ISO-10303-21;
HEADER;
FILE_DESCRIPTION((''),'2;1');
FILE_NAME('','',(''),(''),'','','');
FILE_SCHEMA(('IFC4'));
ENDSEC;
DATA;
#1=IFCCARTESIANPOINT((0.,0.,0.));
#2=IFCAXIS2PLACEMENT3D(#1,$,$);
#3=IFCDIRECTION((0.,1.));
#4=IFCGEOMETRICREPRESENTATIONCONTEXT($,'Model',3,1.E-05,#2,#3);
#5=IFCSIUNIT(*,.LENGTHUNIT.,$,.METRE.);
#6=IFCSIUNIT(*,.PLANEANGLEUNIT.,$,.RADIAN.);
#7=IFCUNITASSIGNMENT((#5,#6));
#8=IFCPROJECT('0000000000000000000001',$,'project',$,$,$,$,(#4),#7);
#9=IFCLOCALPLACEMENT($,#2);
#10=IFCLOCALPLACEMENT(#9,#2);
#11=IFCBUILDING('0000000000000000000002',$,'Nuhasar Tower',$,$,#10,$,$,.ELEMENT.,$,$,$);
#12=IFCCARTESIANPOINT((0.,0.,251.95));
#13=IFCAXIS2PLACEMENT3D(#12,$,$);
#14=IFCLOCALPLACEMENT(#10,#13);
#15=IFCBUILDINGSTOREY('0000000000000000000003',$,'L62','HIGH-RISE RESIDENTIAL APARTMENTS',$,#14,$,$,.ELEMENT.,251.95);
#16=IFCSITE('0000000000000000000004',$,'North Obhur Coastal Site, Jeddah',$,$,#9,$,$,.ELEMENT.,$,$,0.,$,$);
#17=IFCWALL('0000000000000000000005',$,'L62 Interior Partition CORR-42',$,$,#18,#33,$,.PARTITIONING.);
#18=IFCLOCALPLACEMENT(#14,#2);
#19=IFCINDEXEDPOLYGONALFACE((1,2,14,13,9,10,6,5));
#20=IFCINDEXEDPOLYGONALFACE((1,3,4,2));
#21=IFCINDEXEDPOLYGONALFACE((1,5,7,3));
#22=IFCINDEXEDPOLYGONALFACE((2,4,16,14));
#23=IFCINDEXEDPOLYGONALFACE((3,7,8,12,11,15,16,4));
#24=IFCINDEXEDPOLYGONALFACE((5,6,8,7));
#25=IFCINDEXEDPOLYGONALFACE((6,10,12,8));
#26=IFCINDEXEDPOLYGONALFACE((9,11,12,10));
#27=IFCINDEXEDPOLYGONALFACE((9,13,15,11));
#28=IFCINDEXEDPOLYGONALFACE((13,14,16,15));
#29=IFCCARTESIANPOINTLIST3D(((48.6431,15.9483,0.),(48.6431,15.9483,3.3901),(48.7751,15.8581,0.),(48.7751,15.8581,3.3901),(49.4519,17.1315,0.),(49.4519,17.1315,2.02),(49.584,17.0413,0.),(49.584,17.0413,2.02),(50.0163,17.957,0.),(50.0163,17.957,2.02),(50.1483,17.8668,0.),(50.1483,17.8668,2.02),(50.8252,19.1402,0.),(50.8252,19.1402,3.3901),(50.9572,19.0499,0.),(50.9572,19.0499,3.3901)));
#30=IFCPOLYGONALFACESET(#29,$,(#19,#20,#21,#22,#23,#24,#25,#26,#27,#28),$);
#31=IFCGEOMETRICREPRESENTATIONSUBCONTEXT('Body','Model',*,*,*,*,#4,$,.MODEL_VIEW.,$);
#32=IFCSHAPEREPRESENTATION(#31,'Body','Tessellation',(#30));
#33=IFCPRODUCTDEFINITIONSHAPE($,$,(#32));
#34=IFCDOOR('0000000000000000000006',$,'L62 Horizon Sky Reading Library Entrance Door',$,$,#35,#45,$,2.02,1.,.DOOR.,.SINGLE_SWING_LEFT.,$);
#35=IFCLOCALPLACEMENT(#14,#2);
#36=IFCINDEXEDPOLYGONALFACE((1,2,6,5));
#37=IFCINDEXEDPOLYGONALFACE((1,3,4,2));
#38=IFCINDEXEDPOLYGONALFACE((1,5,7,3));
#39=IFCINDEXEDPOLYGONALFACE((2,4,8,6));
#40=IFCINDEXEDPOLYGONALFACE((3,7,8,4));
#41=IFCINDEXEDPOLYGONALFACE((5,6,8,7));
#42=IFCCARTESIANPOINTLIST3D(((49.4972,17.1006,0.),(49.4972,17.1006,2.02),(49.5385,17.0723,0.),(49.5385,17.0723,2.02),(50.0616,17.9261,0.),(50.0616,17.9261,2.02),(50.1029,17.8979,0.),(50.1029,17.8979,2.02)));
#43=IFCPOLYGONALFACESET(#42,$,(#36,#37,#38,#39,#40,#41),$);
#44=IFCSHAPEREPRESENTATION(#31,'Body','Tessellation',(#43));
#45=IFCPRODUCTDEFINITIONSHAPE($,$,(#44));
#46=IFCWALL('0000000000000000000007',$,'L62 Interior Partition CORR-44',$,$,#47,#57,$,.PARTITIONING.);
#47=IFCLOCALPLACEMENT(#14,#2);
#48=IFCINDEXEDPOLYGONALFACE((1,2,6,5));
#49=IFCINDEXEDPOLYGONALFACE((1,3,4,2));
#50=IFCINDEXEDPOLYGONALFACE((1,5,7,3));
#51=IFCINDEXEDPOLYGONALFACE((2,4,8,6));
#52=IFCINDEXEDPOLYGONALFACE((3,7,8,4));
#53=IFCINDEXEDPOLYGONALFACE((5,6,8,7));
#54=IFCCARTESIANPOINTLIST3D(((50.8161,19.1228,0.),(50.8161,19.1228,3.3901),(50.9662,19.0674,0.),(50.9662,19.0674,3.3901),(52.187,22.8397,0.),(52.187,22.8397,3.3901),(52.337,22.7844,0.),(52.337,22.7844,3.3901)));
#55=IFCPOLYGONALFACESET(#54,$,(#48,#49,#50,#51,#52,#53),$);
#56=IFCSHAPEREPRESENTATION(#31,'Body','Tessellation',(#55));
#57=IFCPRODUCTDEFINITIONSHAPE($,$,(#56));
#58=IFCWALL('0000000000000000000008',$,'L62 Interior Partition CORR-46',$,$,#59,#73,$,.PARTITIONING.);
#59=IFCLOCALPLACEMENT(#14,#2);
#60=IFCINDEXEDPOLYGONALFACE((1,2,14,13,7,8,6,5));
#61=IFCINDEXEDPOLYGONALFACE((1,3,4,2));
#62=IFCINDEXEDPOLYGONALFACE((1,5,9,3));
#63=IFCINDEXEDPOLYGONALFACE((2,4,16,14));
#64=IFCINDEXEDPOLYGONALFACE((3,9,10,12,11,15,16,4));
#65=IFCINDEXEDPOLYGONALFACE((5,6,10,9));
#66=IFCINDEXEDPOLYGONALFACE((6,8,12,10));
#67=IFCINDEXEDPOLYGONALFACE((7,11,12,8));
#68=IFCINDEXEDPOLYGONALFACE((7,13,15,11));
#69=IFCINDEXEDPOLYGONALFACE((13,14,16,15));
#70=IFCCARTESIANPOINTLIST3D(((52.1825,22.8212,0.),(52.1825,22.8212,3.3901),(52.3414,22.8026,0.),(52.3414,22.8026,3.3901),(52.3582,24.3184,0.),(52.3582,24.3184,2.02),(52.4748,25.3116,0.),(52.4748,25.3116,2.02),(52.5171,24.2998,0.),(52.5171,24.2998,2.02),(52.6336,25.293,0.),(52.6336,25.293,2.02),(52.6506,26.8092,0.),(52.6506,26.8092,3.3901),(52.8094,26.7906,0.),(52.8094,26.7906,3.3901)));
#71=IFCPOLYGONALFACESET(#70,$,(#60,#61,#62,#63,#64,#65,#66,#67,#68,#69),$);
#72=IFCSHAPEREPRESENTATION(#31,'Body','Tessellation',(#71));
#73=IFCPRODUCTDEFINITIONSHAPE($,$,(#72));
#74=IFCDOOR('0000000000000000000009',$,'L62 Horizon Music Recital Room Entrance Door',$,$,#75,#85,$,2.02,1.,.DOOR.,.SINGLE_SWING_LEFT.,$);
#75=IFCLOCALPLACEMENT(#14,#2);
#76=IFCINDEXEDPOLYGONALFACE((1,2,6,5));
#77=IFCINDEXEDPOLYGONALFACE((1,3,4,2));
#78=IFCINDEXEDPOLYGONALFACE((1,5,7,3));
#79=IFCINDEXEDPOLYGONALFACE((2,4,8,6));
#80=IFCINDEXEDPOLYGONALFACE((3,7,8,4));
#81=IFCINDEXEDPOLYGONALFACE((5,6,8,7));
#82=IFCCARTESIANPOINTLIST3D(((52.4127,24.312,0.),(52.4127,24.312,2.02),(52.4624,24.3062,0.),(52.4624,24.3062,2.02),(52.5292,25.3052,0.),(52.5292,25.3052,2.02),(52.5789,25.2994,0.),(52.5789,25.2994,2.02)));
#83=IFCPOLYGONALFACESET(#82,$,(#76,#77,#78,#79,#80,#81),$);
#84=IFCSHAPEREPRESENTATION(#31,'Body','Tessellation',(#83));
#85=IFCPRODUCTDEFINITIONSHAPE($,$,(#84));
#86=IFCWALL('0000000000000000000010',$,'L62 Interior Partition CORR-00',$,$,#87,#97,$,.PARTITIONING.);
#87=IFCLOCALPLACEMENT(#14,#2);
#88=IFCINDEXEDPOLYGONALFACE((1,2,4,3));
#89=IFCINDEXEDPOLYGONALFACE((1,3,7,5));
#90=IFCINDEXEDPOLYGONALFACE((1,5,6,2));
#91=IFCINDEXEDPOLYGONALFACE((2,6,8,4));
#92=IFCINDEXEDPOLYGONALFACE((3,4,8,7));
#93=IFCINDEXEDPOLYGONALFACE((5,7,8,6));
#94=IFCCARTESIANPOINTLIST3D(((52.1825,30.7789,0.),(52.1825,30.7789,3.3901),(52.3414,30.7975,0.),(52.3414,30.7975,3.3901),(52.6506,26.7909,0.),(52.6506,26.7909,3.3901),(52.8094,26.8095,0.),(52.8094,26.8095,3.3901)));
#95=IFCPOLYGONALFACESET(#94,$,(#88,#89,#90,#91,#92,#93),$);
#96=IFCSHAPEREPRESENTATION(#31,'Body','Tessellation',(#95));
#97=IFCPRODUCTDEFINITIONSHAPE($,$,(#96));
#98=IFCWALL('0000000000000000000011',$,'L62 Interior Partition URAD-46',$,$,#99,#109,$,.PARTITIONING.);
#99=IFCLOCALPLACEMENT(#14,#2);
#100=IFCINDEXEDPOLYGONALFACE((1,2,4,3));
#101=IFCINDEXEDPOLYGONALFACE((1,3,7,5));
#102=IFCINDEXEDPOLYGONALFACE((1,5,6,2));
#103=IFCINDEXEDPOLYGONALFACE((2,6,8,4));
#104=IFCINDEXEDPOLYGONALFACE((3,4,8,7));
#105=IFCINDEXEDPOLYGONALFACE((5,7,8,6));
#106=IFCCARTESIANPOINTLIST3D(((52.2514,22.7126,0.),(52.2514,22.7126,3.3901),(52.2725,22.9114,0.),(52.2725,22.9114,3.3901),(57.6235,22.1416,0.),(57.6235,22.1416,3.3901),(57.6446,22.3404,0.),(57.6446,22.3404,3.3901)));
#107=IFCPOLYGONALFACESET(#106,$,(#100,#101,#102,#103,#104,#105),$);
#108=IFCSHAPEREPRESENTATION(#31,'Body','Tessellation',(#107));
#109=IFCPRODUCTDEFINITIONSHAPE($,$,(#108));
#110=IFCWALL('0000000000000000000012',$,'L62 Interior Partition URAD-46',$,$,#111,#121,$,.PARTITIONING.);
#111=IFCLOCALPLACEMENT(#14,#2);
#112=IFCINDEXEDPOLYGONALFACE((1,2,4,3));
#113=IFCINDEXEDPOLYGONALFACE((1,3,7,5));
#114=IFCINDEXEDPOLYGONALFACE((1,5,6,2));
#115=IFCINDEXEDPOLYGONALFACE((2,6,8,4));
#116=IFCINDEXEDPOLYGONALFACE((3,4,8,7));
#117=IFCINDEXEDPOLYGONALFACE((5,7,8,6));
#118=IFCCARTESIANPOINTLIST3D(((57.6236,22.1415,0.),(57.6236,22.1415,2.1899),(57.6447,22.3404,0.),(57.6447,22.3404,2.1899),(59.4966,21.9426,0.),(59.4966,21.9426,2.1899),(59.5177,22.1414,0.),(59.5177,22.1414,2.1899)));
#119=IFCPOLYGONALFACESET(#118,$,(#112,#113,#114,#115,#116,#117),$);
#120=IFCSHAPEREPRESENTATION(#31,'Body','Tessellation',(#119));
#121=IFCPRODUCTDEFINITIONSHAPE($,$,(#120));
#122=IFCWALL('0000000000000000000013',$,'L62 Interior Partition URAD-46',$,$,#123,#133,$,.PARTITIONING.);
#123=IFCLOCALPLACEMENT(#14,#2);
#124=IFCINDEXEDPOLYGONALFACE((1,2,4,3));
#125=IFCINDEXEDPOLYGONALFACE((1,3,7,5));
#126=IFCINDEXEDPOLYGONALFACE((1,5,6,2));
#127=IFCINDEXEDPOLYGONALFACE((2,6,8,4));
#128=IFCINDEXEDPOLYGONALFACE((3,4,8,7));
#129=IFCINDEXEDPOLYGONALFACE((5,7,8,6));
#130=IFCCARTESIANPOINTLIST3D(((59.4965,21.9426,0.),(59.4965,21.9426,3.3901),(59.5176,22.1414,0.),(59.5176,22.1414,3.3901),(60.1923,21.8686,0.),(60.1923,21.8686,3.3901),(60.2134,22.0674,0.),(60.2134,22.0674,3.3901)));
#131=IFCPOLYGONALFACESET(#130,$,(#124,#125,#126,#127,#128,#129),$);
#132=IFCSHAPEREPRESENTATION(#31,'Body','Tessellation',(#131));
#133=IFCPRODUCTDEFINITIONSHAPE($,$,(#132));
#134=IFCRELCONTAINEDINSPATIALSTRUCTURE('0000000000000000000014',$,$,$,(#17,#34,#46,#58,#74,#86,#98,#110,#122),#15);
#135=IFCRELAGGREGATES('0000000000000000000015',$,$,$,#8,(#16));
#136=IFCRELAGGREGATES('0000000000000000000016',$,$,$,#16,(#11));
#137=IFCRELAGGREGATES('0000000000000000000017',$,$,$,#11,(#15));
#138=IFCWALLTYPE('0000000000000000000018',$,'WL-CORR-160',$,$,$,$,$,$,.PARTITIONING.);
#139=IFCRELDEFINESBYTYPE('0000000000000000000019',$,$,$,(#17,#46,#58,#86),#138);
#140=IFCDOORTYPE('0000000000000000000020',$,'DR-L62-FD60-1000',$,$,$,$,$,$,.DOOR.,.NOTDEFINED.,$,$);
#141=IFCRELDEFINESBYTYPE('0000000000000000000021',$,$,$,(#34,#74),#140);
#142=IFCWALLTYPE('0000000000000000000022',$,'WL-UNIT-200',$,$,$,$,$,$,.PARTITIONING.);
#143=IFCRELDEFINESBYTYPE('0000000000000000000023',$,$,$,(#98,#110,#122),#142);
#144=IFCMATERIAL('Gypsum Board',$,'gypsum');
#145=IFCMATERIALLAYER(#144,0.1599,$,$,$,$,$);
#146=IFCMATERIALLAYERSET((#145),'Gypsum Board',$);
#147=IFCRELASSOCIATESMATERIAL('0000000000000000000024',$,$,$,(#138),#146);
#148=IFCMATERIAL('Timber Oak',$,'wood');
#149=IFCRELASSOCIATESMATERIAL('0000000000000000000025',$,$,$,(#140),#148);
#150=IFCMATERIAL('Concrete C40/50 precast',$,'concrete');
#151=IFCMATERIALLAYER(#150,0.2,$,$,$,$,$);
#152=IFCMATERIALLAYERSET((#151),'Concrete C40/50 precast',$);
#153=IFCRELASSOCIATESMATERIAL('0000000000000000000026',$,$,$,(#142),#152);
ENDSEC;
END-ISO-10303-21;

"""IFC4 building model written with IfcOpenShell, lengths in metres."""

from ifc_helpers import new_model, si_unit, direction, frame, frame_2d, origin, place, context, subcontext, project, spatial, rectangle, extrude, material, layer, layer_set, type_object, element, fill, save


model = new_model("IFC4")

# Units and contexts
model_context = context("Model", 3, precision=1e-05, world=origin(), true_north=direction((0.0, 1.0)))
body_context = subcontext(model_context, "Body", "Model", "MODEL_VIEW")
ifc_project = project(units=[si_unit("LENGTHUNIT", "METRE"), si_unit("PLANEANGLEUNIT", "RADIAN")], contexts=[model_context])

# Site, building, storey
site_placement = place(None, origin())
site = spatial("IfcSite", under=ifc_project, at=site_placement, Name="North Obhur Coastal Site, Jeddah", CompositionType="ELEMENT", RefElevation=0.0)
building_placement = place(site_placement, origin())
building = spatial("IfcBuilding", under=site, at=building_placement, Name="Nuhasar Tower", CompositionType="ELEMENT")
storey_placement = place(building_placement, frame((0.0, 0.0, 251.95)))
storey = spatial("IfcBuildingStorey", under=building, at=storey_placement, Name="L62", Description="HIGH-RISE RESIDENTIAL APARTMENTS", CompositionType="ELEMENT", Elevation=251.95)

# Shared definitions
ifc_material_1 = material(Name="Gypsum Board", Category="gypsum")
ifc_layer_1 = layer(ifc_material_1, 0.1599)
ifc_layer_set_1 = layer_set([ifc_layer_1], Name="Gypsum Board")
wall_type_1 = type_object("IfcWallType", Name="WL-CORR-160", PredefinedType="PARTITIONING", material=ifc_layer_set_1)

# Wall, opening, door
ifc_material_2 = material(Name="Timber Oak", Category="wood")
wall_1_placement = place(storey_placement, frame((50.8911, 19.095, 0.0), z_axis=(0.0, 0.0, 1.0), x_axis=(-0.564367, -0.825524, 0.0)))
wall_1 = element("IfcWall", 1, at=wall_1_placement, inside=storey, type_object=wall_type_1, Name="L62 Interior Partition CORR-42", PredefinedType="PARTITIONING", context=body_context, shape_type="SweptSolid", body=[
    extrude(rectangle(XDim=3.8665, YDim=0.1599, at=frame_2d((1.9331, 0.0))), origin(), (0.0, 0.0, 1.0), 3.3901),
])
opening_1_placement = place(wall_1_placement, frame((1.4331, 0.0, 0.0)))
opening_1 = element("IfcOpeningElement", 2, at=opening_1_placement, cuts=wall_1, PredefinedType="OPENING", context=body_context, shape_type="SweptSolid", body=[
    extrude(rectangle(XDim=1.0, YDim=2.02, at=frame_2d((0.5, 1.01))), frame((0.0, 0.0898, 0.0), z_axis=(0.0, -1.0, 0.0), x_axis=(1.0, 0.0, 0.0)), (0.0, 0.0, 1.0), 0.1799),
])
door_type_1 = type_object("IfcDoorType", Name="DR-L62-FD60-1000", OperationType="NOTDEFINED", PredefinedType="DOOR", material=ifc_material_2)
door_1_placement = place(opening_1_placement, origin())
door_1 = element("IfcDoor", 3, at=door_1_placement, inside=storey, type_object=door_type_1, Name="L62 Horizon Sky Reading Library Entrance Door", OperationType="SINGLE_SWING_LEFT", OverallHeight=2.02, OverallWidth=1.0, PredefinedType="DOOR", context=body_context, shape_type="SweptSolid", body=[
    extrude(rectangle(XDim=1.0, YDim=2.02, at=frame_2d((0.5, 1.01))), frame((0.0, 0.0249, 0.0), z_axis=(0.0, -1.0, 0.0), x_axis=(1.0, 0.0, 0.0)), (0.0, 0.0, 1.0), 0.05),
])
fill(opening_1, door_1)

# Wall
wall_2_placement = place(storey_placement, frame((50.8911, 19.095, 0.0), z_axis=(0.0, 0.0, 1.0), x_axis=(0.346019, 0.938227, 0.0)))
element("IfcWall", 4, at=wall_2_placement, inside=storey, type_object=wall_type_1, Name="L62 Interior Partition CORR-44", PredefinedType="PARTITIONING", context=body_context, shape_type="SweptSolid", body=[
    extrude(rectangle(XDim=3.9617, YDim=0.1599, at=frame_2d((1.981, 0.0))), origin(), (0.0, 0.0, 1.0), 3.3901),
])

# Wall, opening, door
wall_3_placement = place(storey_placement, frame((52.73, 26.8, 0.0), z_axis=(0.0, 0.0, 1.0), x_axis=(-0.116555, -0.993184, 0.0)))
wall_3 = element("IfcWall", 5, at=wall_3_placement, inside=storey, type_object=wall_type_1, Name="L62 Interior Partition CORR-46", PredefinedType="PARTITIONING", context=body_context, shape_type="SweptSolid", body=[
    extrude(rectangle(XDim=4.0154, YDim=0.1599, at=frame_2d((2.0078, 0.0))), origin(), (0.0, 0.0, 1.0), 3.3901),
])
opening_2_placement = place(wall_3_placement, frame((1.5081, 0.0, 0.0)))
opening_2 = element("IfcOpeningElement", 6, at=opening_2_placement, cuts=wall_3, PredefinedType="OPENING", context=body_context, shape_type="SweptSolid", body=[
    extrude(rectangle(XDim=1.0, YDim=2.02, at=frame_2d((0.5, 1.01))), frame((0.0, 0.0898, 0.0), z_axis=(0.0, -1.0, 0.0), x_axis=(1.0, 0.0, 0.0)), (0.0, 0.0, 1.0), 0.1799),
])
door_2_placement = place(opening_2_placement, origin())
door_2 = element("IfcDoor", 7, at=door_2_placement, inside=storey, type_object=door_type_1, Name="L62 Horizon Music Recital Room Entrance Door", OperationType="SINGLE_SWING_LEFT", OverallHeight=2.02, OverallWidth=1.0, PredefinedType="DOOR", context=body_context, shape_type="SweptSolid", body=[
    extrude(rectangle(XDim=1.0, YDim=2.02, at=frame_2d((0.5, 1.01))), frame((0.0, 0.0249, 0.0), z_axis=(0.0, -1.0, 0.0), x_axis=(1.0, 0.0, 0.0)), (0.0, 0.0, 1.0), 0.05),
])
fill(opening_2, door_2)

# Walls
wall_4_placement = place(storey_placement, frame((52.73, 26.8, 0.0), z_axis=(0.0, 0.0, 1.0), x_axis=(-0.116555, 0.993184, 0.0)))
element("IfcWall", 8, at=wall_4_placement, inside=storey, type_object=wall_type_1, Name="L62 Interior Partition CORR-00", PredefinedType="PARTITIONING", context=body_context, shape_type="SweptSolid", body=[
    extrude(rectangle(XDim=4.0154, YDim=0.1599, at=frame_2d((2.0078, 0.0))), origin(), (0.0, 0.0, 1.0), 3.3901),
])
ifc_material_3 = material(Name="Concrete C40/50 precast", Category="concrete")
ifc_layer_2 = layer(ifc_material_3, 0.2)
ifc_layer_set_2 = layer_set([ifc_layer_2], Name="Concrete C40/50 precast")
wall_type_2 = type_object("IfcWallType", Name="WL-UNIT-200", PredefinedType="PARTITIONING", material=ifc_layer_set_2)
wall_5_placement = place(storey_placement, frame((52.262, 22.812, 0.0), z_axis=(0.0, 0.0, 1.0), x_axis=(0.994398, -0.105703, 0.0)))
element("IfcWall", 9, at=wall_5_placement, inside=storey, type_object=wall_type_2, Name="L62 Interior Partition URAD-46", PredefinedType="PARTITIONING", context=body_context, shape_type="SweptSolid", body=[
    extrude(rectangle(XDim=5.4023, YDim=0.2, at=frame_2d((2.7012, 0.0))), origin(), (0.0, 0.0, 1.0), 3.3901),
])
wall_6_placement = place(storey_placement, frame((57.634, 22.241, 0.0), z_axis=(0.0, 0.0, 1.0), x_axis=(0.994405, -0.105636, 0.0)))
element("IfcWall", 10, at=wall_6_placement, inside=storey, type_object=wall_type_2, Name="L62 Interior Partition URAD-46", PredefinedType="PARTITIONING", context=body_context, shape_type="SweptSolid", body=[
    extrude(rectangle(XDim=1.8835, YDim=0.2, at=frame_2d((0.9419, 0.0))), origin(), (0.0, 0.0, 1.0), 2.1899),
])
wall_7_placement = place(storey_placement, frame((59.5071, 22.042, 0.0), z_axis=(0.0, 0.0, 1.0), x_axis=(0.994396, -0.10572, 0.0)))
element("IfcWall", 11, at=wall_7_placement, inside=storey, type_object=wall_type_2, Name="L62 Interior Partition URAD-46", PredefinedType="PARTITIONING", context=body_context, shape_type="SweptSolid", body=[
    extrude(rectangle(XDim=0.6997, YDim=0.2, at=frame_2d((0.3499, 0.0))), origin(), (0.0, 0.0, 1.0), 3.3901),
])

save(model, "model.ifc")
